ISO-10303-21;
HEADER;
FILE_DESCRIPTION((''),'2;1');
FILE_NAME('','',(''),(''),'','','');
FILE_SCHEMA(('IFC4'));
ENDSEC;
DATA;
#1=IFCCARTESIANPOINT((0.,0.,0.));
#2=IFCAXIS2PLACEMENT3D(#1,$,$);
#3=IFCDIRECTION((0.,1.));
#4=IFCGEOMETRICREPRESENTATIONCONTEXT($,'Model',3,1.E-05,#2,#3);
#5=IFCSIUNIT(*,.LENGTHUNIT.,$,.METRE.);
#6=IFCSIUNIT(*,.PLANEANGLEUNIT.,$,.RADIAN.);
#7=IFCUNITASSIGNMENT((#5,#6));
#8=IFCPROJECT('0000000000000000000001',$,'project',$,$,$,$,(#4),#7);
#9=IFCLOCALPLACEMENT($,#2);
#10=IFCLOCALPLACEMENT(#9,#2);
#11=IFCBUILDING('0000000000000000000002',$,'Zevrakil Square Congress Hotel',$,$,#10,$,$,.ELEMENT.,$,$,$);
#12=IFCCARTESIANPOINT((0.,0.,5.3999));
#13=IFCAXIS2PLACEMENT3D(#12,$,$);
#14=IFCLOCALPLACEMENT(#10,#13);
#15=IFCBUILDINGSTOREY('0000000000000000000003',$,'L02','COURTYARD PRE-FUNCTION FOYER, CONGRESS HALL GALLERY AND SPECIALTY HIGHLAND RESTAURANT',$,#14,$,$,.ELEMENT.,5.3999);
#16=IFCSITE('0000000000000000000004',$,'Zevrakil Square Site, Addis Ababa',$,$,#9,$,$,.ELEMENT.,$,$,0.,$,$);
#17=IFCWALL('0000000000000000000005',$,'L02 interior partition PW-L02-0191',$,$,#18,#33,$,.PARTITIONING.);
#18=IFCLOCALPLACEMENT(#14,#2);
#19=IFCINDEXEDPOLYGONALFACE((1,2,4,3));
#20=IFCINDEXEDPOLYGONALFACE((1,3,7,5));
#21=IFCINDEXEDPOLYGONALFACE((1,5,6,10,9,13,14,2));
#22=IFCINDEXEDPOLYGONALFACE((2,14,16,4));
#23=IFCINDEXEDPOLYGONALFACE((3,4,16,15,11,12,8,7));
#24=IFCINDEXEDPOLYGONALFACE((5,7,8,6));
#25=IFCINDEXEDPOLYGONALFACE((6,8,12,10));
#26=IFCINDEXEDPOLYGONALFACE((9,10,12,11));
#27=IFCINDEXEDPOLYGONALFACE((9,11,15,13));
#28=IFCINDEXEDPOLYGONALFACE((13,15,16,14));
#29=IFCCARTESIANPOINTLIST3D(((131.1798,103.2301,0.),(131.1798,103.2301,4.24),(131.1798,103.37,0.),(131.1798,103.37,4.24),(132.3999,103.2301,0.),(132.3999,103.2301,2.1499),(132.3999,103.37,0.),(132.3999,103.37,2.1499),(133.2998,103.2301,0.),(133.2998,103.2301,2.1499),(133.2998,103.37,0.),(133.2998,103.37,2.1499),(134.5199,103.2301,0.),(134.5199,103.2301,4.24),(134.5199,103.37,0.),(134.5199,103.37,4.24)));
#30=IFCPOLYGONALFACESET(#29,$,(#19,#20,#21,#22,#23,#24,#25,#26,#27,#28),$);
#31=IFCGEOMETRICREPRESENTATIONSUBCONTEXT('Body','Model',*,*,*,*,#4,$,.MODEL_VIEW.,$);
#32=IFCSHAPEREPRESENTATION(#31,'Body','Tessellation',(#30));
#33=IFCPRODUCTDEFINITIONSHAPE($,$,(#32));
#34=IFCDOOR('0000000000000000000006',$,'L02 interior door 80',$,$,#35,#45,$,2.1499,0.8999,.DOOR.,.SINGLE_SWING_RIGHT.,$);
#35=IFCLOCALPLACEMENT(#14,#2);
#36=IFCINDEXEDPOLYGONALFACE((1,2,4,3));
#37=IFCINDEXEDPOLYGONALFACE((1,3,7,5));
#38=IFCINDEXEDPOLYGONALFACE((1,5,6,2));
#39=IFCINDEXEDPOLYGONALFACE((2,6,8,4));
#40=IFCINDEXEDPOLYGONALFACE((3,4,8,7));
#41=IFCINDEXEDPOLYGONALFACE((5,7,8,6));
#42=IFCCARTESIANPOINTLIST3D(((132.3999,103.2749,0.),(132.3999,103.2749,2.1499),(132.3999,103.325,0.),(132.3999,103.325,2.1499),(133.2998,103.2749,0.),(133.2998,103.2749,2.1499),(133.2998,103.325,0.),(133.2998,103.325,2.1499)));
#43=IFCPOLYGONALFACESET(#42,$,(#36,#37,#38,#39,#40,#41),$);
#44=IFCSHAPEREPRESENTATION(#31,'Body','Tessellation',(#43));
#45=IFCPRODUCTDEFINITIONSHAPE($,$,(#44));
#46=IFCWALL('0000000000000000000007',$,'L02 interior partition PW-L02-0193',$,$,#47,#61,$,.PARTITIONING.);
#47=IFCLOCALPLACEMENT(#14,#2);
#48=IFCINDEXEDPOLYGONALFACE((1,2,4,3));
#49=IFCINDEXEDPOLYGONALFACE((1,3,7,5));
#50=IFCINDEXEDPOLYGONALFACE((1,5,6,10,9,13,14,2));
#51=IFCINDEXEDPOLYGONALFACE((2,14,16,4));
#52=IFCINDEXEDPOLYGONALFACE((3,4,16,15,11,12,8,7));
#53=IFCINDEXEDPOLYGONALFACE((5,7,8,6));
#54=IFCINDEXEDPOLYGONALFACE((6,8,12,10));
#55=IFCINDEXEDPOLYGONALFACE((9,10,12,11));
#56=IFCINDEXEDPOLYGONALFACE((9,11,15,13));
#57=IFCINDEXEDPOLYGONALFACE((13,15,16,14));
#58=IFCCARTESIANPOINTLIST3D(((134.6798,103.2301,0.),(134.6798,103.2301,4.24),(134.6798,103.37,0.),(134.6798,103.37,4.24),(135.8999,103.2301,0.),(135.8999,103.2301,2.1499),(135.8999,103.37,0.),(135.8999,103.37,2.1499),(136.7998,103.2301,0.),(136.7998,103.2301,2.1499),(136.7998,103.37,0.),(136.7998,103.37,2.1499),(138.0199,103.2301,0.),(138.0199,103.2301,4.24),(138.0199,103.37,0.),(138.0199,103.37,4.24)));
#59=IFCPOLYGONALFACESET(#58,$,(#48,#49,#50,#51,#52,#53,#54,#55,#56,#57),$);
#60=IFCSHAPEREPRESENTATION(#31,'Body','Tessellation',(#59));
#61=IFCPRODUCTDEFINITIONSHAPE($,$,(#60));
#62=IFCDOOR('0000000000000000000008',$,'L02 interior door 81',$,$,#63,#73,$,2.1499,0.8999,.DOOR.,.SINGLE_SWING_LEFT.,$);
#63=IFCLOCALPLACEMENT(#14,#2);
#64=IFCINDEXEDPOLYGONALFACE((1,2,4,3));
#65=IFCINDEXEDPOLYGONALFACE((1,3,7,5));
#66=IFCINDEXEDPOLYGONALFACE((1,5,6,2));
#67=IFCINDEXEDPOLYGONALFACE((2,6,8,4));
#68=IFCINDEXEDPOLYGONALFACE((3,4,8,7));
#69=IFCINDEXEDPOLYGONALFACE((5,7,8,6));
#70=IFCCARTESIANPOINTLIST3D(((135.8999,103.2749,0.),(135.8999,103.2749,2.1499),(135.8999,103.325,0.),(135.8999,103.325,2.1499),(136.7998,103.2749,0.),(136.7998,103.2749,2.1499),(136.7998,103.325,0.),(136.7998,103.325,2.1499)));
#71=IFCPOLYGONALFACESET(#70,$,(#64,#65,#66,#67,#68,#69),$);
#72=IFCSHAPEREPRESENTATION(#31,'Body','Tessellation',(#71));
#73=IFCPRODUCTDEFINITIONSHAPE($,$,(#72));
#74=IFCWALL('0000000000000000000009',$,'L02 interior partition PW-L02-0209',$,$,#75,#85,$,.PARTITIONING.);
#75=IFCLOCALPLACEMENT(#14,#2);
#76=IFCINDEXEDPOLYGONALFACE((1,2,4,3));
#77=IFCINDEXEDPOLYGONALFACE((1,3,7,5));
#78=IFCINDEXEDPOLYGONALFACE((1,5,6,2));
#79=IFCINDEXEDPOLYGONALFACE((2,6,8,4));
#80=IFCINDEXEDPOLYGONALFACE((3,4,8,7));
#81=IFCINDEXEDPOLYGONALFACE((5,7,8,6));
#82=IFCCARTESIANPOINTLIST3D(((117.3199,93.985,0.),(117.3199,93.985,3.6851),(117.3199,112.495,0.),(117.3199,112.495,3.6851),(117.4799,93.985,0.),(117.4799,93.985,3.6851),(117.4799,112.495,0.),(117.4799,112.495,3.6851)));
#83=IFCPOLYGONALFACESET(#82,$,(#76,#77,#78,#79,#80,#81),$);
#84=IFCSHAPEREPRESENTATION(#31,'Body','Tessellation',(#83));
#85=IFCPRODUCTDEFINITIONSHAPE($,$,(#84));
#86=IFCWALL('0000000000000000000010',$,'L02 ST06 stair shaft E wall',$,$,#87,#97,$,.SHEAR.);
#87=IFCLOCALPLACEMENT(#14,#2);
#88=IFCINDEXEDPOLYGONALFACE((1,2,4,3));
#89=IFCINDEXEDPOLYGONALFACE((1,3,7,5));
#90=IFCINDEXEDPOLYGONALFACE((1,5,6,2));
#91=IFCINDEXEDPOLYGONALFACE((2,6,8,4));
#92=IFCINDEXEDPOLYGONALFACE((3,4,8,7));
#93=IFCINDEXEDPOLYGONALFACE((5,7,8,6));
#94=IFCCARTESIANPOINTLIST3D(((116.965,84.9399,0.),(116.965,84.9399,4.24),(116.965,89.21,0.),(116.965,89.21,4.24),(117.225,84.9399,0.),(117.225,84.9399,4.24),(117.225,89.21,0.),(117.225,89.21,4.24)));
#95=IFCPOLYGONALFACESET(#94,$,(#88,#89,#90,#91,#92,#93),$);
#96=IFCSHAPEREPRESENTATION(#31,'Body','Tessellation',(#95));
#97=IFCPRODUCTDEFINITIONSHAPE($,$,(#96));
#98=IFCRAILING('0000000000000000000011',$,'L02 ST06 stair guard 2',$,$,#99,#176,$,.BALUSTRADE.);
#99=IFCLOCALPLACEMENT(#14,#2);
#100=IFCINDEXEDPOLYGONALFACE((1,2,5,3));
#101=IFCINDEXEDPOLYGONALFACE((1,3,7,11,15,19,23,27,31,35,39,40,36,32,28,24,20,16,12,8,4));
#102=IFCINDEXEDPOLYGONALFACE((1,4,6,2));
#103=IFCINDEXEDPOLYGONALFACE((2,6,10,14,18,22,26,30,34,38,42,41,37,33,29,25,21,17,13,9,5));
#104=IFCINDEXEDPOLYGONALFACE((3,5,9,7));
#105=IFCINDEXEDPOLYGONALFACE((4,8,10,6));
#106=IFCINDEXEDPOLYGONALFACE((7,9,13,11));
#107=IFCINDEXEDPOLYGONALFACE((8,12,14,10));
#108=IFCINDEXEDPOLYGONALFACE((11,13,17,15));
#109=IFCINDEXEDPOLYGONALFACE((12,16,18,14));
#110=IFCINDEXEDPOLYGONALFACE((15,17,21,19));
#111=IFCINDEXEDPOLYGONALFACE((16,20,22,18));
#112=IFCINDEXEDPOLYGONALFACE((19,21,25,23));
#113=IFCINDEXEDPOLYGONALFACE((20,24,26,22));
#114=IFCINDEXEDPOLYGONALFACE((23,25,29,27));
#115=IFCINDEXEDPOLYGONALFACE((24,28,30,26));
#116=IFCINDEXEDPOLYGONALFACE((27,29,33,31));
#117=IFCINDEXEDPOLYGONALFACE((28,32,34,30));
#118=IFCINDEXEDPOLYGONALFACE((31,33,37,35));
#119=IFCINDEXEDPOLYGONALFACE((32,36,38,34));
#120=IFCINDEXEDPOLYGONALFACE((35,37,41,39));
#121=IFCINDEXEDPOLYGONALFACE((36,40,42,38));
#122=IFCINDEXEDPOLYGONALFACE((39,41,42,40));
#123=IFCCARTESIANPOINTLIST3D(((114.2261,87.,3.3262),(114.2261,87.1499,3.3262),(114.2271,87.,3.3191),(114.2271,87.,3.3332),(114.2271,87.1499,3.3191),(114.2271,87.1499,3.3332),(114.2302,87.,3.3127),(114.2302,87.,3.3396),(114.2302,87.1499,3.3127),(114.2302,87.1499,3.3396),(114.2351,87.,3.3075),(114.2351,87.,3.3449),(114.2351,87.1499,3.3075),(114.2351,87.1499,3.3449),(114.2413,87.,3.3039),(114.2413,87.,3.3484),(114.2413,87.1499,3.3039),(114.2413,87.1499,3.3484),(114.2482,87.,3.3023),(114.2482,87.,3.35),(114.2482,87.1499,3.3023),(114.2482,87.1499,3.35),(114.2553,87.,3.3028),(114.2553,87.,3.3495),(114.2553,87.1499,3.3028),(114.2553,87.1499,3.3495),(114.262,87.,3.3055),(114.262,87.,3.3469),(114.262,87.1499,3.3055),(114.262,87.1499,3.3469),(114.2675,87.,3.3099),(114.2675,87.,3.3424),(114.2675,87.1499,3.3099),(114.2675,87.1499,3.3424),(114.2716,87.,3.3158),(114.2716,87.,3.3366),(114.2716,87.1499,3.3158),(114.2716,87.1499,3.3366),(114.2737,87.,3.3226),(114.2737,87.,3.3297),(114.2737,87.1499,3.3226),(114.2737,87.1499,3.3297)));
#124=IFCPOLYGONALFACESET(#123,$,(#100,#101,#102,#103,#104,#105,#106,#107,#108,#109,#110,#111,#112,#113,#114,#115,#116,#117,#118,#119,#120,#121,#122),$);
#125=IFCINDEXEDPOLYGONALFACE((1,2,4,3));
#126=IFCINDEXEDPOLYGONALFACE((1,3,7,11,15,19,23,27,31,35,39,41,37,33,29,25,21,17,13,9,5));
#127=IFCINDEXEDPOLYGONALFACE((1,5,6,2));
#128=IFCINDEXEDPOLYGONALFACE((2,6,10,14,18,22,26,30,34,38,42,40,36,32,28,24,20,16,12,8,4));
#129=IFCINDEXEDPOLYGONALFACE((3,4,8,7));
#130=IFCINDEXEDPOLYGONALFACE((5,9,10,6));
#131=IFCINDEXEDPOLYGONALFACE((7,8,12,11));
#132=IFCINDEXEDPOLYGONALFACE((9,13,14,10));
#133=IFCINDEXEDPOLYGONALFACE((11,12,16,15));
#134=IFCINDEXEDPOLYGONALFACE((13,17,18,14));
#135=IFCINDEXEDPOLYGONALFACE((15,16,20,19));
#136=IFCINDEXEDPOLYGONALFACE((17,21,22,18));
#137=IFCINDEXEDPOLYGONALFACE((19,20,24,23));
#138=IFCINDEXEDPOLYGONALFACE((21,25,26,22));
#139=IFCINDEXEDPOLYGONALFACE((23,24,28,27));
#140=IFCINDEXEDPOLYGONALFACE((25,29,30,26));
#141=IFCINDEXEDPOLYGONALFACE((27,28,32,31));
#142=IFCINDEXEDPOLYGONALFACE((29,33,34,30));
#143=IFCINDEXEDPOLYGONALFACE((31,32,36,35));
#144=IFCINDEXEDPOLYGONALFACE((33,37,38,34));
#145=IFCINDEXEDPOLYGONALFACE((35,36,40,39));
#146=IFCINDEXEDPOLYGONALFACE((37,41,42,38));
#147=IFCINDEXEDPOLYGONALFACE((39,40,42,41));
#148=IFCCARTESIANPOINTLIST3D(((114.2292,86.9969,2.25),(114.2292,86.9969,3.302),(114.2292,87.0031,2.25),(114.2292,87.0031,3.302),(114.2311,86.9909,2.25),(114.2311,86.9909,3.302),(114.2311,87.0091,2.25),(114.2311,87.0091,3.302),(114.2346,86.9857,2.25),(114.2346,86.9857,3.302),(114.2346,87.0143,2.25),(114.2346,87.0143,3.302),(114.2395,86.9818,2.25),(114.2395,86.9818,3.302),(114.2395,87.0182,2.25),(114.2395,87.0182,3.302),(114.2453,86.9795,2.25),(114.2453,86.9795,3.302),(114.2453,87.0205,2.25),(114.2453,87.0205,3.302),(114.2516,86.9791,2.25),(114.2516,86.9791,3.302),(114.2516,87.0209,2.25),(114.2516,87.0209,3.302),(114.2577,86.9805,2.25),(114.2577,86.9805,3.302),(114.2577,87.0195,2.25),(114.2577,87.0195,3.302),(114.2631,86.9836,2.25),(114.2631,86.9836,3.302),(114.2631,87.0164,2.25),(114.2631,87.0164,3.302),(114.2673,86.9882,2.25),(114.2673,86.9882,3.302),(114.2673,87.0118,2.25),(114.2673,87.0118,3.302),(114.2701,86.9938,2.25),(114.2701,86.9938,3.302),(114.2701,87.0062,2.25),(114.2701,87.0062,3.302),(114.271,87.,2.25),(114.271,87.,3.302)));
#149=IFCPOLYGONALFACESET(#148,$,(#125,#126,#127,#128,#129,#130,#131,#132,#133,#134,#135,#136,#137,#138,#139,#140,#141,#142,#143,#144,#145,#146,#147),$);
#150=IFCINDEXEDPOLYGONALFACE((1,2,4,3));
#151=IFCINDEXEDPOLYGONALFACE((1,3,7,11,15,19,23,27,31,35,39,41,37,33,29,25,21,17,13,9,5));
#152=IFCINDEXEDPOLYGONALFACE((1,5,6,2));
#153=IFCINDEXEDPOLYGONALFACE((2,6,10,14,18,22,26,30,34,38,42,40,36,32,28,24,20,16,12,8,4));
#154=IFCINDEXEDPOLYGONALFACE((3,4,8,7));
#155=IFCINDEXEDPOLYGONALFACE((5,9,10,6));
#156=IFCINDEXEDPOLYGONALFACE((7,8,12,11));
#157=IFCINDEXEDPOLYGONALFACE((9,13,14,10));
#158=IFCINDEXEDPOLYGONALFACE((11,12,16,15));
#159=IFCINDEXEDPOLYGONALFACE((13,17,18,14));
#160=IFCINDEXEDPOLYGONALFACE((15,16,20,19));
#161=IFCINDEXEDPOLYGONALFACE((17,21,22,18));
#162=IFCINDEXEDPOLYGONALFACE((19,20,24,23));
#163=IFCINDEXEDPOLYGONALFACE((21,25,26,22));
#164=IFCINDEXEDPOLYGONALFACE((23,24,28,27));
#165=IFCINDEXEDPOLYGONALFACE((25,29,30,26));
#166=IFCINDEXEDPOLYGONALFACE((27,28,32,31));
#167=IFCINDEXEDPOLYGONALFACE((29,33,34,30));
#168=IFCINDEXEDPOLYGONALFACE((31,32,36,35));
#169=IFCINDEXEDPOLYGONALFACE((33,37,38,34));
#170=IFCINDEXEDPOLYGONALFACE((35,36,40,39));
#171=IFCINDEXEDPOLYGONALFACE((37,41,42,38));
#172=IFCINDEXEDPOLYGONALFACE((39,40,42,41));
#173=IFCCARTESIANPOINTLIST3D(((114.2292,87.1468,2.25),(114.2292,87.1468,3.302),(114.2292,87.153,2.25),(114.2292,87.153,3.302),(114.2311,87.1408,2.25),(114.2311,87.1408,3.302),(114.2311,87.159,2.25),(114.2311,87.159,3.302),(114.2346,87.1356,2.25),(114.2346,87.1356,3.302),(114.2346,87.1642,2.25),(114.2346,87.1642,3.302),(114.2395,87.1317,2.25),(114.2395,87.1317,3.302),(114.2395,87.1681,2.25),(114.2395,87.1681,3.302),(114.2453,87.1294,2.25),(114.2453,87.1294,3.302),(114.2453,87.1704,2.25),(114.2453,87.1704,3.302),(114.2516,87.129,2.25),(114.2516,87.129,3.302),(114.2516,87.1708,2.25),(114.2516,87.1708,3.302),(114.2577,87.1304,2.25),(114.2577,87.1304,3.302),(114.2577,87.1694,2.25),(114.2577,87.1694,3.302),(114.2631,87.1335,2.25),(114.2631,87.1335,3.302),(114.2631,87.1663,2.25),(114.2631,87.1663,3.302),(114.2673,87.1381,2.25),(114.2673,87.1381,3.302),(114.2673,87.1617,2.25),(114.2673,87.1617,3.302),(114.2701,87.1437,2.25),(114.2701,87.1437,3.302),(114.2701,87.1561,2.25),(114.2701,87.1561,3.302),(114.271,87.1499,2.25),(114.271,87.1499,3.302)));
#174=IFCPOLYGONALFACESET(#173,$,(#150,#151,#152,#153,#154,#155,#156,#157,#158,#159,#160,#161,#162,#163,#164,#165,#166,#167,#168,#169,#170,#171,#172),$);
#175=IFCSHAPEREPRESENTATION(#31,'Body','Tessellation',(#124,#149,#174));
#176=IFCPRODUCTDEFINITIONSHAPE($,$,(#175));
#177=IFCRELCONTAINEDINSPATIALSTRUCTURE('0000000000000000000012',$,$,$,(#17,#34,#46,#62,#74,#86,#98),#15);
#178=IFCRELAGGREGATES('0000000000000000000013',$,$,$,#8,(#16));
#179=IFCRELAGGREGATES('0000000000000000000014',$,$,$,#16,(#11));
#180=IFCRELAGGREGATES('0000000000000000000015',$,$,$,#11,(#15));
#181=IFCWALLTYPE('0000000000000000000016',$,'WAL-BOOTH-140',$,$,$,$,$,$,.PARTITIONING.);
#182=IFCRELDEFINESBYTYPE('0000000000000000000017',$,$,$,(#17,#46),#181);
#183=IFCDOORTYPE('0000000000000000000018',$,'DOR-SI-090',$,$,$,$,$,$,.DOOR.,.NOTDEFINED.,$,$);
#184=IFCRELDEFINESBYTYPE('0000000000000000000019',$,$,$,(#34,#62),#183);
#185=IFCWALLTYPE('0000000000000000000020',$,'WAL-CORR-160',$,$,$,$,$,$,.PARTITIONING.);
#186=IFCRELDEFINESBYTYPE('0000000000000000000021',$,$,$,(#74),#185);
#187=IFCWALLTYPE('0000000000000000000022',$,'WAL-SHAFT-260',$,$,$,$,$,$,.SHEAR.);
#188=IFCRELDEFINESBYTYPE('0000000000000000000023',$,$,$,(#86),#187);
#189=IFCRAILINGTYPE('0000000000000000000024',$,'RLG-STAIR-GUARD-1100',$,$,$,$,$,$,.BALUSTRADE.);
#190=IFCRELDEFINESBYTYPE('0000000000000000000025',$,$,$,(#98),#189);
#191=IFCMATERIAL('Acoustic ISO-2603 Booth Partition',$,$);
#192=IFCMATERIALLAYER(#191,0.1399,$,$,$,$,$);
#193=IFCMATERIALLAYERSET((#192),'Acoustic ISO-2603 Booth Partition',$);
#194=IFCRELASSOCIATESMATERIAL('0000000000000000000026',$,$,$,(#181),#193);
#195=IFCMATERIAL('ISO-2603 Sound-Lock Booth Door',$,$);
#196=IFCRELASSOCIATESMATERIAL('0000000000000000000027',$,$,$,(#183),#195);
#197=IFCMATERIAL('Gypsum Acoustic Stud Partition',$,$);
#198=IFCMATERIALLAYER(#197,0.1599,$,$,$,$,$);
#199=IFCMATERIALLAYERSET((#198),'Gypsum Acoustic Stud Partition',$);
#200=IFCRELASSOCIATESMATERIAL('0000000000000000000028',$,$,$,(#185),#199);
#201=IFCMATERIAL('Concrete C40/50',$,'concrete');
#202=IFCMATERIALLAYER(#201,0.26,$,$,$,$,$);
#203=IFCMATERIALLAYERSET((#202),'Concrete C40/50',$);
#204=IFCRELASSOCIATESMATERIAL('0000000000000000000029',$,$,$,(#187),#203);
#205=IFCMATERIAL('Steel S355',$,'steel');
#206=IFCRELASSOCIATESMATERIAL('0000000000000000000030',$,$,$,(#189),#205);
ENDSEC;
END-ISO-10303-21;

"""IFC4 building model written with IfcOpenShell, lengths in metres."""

from ifc_helpers import new_model, si_unit, direction, frame, frame_2d, origin, origin_2d, place, context, subcontext, project, spatial, rectangle, circle, extrude, material, layer, layer_set, type_object, element, fill, save


model = new_model("IFC4")

# Units and contexts
model_context = context("Model", 3, precision=1e-05, world=origin(), true_north=direction((0.0, 1.0)))
body_context = subcontext(model_context, "Body", "Model", "MODEL_VIEW")
ifc_project = project(units=[si_unit("LENGTHUNIT", "METRE"), si_unit("PLANEANGLEUNIT", "RADIAN")], contexts=[model_context])

# Site, building, storey
site_placement = place(None, origin())
site = spatial("IfcSite", under=ifc_project, at=site_placement, Name="Zevrakil Square Site, Addis Ababa", CompositionType="ELEMENT", RefElevation=0.0)
building_placement = place(site_placement, origin())
building = spatial("IfcBuilding", under=site, at=building_placement, Name="Zevrakil Square Congress Hotel", CompositionType="ELEMENT")
storey_placement = place(building_placement, frame((0.0, 0.0, 5.3999)))
storey = spatial("IfcBuildingStorey", under=building, at=storey_placement, Name="L02", Description="COURTYARD PRE-FUNCTION FOYER, CONGRESS HALL GALLERY AND SPECIALTY HIGHLAND RESTAURANT", CompositionType="ELEMENT", Elevation=5.3999)

# Walls, openings, doors
ifc_material_1 = material(Name="Acoustic ISO-2603 Booth Partition")
ifc_layer_1 = layer(ifc_material_1, 0.1399)
ifc_layer_set_1 = layer_set([ifc_layer_1], Name="Acoustic ISO-2603 Booth Partition")
wall_type_1 = type_object("IfcWallType", Name="WAL-BOOTH-140", PredefinedType="PARTITIONING", material=ifc_layer_set_1)
ifc_material_2 = material(Name="ISO-2603 Sound-Lock Booth Door")
door_type = type_object("IfcDoorType", Name="DOR-SI-090", OperationType="NOTDEFINED", PredefinedType="DOOR", material=ifc_material_2)
wall_1_placement = place(storey_placement, frame((131.1799, 103.3, 0.0), z_axis=(0.0, 0.0, 1.0), x_axis=(1.0, 0.0, 0.0)))
wall_1 = element("IfcWall", 1, at=wall_1_placement, inside=storey, type_object=wall_type_1, Name="L02 interior partition PW-L02-0191", PredefinedType="PARTITIONING", context=body_context, shape_type="SweptSolid", body=[
    extrude(rectangle(XDim=3.3401, YDim=0.1399, at=frame_2d((1.6699, 0.0))), origin(), (0.0, 0.0, 1.0), 4.24),
])
opening_1_placement = place(wall_1_placement, frame((1.22, 0.0, 0.0)))
opening_1 = element("IfcOpeningElement", 2, at=opening_1_placement, cuts=wall_1, PredefinedType="OPENING", context=body_context, shape_type="SweptSolid", body=[
    extrude(rectangle(XDim=0.8999, YDim=2.1499, at=frame_2d((0.45, 1.075))), frame((0.0, 0.0801, 0.0), z_axis=(0.0, -1.0, 0.0), x_axis=(1.0, 0.0, 0.0)), (0.0, 0.0, 1.0), 0.1599),
])
door_1_placement = place(opening_1_placement, origin())
door_1 = element("IfcDoor", 3, at=door_1_placement, inside=storey, type_object=door_type, Name="L02 interior door 80", OperationType="SINGLE_SWING_RIGHT", OverallHeight=2.1499, OverallWidth=0.8999, PredefinedType="DOOR", context=body_context, shape_type="SweptSolid", body=[
    extrude(rectangle(XDim=0.8999, YDim=2.1499, at=frame_2d((0.45, 1.075))), frame((0.0, 0.0249, 0.0), z_axis=(0.0, -1.0, 0.0), x_axis=(1.0, 0.0, 0.0)), (0.0, 0.0, 1.0), 0.05),
])
fill(opening_1, door_1)
wall_2_placement = place(storey_placement, frame((134.6799, 103.3, 0.0), z_axis=(0.0, 0.0, 1.0), x_axis=(1.0, 0.0, 0.0)))
wall_2 = element("IfcWall", 4, at=wall_2_placement, inside=storey, type_object=wall_type_1, Name="L02 interior partition PW-L02-0193", PredefinedType="PARTITIONING", context=body_context, shape_type="SweptSolid", body=[
    extrude(rectangle(XDim=3.3401, YDim=0.1399, at=frame_2d((1.6699, 0.0))), origin(), (0.0, 0.0, 1.0), 4.24),
])
opening_2_placement = place(wall_2_placement, frame((1.22, 0.0, 0.0)))
opening_2 = element("IfcOpeningElement", 5, at=opening_2_placement, cuts=wall_2, PredefinedType="OPENING", context=body_context, shape_type="SweptSolid", body=[
    extrude(rectangle(XDim=0.8999, YDim=2.1499, at=frame_2d((0.45, 1.075))), frame((0.0, 0.0801, 0.0), z_axis=(0.0, -1.0, 0.0), x_axis=(1.0, 0.0, 0.0)), (0.0, 0.0, 1.0), 0.1599),
])
door_2_placement = place(opening_2_placement, origin())
door_2 = element("IfcDoor", 6, at=door_2_placement, inside=storey, type_object=door_type, Name="L02 interior door 81", OperationType="SINGLE_SWING_LEFT", OverallHeight=2.1499, OverallWidth=0.8999, PredefinedType="DOOR", context=body_context, shape_type="SweptSolid", body=[
    extrude(rectangle(XDim=0.8999, YDim=2.1499, at=frame_2d((0.45, 1.075))), frame((0.0, 0.0249, 0.0), z_axis=(0.0, -1.0, 0.0), x_axis=(1.0, 0.0, 0.0)), (0.0, 0.0, 1.0), 0.05),
])
fill(opening_2, door_2)

# Walls
ifc_material_3 = material(Name="Gypsum Acoustic Stud Partition")
ifc_layer_2 = layer(ifc_material_3, 0.1599)
ifc_layer_set_2 = layer_set([ifc_layer_2], Name="Gypsum Acoustic Stud Partition")
wall_type_2 = type_object("IfcWallType", Name="WAL-CORR-160", PredefinedType="PARTITIONING", material=ifc_layer_set_2)
wall_3_placement = place(storey_placement, frame((117.3999, 93.9851, 0.0), z_axis=(0.0, 0.0, 1.0), x_axis=(0.0, 1.0, 0.0)))
element("IfcWall", 7, at=wall_3_placement, inside=storey, type_object=wall_type_2, Name="L02 interior partition PW-L02-0209", PredefinedType="PARTITIONING", context=body_context, shape_type="SweptSolid", body=[
    extrude(rectangle(XDim=18.51, YDim=0.1599, at=frame_2d((9.2549, 0.0))), origin(), (0.0, 0.0, 1.0), 3.6851),
])
ifc_material_4 = material(Name="Concrete C40/50", Category="concrete")
ifc_layer_3 = layer(ifc_material_4, 0.26)
ifc_layer_set_3 = layer_set([ifc_layer_3], Name="Concrete C40/50")
wall_type_3 = type_object("IfcWallType", Name="WAL-SHAFT-260", PredefinedType="SHEAR", material=ifc_layer_set_3)
wall_4_placement = place(storey_placement, frame((117.095, 84.9399, 0.0), z_axis=(0.0, 0.0, 1.0), x_axis=(0.0, 1.0, 0.0)))
element("IfcWall", 8, at=wall_4_placement, inside=storey, type_object=wall_type_3, Name="L02 ST06 stair shaft E wall", PredefinedType="SHEAR", context=body_context, shape_type="SweptSolid", body=[
    extrude(rectangle(XDim=4.27, YDim=0.26, at=frame_2d((2.135, 0.0))), origin(), (0.0, 0.0, 1.0), 4.24),
])

# Railing
ifc_material_5 = material(Name="Steel S355", Category="steel")
railing_type_1 = type_object("IfcRailingType", Name="RLG-STAIR-GUARD-1100", PredefinedType="BALUSTRADE", material=ifc_material_5)
railing_1_placement = place(storey_placement, frame((114.25, 87.0, 2.25)))
element("IfcRailing", 9, at=railing_1_placement, inside=storey, type_object=railing_type_1, Name="L02 ST06 stair guard 2", PredefinedType="BALUSTRADE", context=body_context, shape_type="SweptSolid", body=[
    extrude(circle(Radius=0.0239, at=origin_2d()), frame((0.0, 0.0, 1.0762), z_axis=(0.0, 1.0, 0.0), x_axis=(-1.0, 0.0, 0.0)), (0.0, 0.0, 1.0), 0.1499),
    extrude(circle(Radius=0.021, at=origin_2d()), origin(), (0.0, 0.0, 1.0), 1.052),
    extrude(circle(Radius=0.021, at=origin_2d()), frame((0.0, 0.1499, 0.0)), (0.0, 0.0, 1.0), 1.052),
])

save(model, "model.ifc")
